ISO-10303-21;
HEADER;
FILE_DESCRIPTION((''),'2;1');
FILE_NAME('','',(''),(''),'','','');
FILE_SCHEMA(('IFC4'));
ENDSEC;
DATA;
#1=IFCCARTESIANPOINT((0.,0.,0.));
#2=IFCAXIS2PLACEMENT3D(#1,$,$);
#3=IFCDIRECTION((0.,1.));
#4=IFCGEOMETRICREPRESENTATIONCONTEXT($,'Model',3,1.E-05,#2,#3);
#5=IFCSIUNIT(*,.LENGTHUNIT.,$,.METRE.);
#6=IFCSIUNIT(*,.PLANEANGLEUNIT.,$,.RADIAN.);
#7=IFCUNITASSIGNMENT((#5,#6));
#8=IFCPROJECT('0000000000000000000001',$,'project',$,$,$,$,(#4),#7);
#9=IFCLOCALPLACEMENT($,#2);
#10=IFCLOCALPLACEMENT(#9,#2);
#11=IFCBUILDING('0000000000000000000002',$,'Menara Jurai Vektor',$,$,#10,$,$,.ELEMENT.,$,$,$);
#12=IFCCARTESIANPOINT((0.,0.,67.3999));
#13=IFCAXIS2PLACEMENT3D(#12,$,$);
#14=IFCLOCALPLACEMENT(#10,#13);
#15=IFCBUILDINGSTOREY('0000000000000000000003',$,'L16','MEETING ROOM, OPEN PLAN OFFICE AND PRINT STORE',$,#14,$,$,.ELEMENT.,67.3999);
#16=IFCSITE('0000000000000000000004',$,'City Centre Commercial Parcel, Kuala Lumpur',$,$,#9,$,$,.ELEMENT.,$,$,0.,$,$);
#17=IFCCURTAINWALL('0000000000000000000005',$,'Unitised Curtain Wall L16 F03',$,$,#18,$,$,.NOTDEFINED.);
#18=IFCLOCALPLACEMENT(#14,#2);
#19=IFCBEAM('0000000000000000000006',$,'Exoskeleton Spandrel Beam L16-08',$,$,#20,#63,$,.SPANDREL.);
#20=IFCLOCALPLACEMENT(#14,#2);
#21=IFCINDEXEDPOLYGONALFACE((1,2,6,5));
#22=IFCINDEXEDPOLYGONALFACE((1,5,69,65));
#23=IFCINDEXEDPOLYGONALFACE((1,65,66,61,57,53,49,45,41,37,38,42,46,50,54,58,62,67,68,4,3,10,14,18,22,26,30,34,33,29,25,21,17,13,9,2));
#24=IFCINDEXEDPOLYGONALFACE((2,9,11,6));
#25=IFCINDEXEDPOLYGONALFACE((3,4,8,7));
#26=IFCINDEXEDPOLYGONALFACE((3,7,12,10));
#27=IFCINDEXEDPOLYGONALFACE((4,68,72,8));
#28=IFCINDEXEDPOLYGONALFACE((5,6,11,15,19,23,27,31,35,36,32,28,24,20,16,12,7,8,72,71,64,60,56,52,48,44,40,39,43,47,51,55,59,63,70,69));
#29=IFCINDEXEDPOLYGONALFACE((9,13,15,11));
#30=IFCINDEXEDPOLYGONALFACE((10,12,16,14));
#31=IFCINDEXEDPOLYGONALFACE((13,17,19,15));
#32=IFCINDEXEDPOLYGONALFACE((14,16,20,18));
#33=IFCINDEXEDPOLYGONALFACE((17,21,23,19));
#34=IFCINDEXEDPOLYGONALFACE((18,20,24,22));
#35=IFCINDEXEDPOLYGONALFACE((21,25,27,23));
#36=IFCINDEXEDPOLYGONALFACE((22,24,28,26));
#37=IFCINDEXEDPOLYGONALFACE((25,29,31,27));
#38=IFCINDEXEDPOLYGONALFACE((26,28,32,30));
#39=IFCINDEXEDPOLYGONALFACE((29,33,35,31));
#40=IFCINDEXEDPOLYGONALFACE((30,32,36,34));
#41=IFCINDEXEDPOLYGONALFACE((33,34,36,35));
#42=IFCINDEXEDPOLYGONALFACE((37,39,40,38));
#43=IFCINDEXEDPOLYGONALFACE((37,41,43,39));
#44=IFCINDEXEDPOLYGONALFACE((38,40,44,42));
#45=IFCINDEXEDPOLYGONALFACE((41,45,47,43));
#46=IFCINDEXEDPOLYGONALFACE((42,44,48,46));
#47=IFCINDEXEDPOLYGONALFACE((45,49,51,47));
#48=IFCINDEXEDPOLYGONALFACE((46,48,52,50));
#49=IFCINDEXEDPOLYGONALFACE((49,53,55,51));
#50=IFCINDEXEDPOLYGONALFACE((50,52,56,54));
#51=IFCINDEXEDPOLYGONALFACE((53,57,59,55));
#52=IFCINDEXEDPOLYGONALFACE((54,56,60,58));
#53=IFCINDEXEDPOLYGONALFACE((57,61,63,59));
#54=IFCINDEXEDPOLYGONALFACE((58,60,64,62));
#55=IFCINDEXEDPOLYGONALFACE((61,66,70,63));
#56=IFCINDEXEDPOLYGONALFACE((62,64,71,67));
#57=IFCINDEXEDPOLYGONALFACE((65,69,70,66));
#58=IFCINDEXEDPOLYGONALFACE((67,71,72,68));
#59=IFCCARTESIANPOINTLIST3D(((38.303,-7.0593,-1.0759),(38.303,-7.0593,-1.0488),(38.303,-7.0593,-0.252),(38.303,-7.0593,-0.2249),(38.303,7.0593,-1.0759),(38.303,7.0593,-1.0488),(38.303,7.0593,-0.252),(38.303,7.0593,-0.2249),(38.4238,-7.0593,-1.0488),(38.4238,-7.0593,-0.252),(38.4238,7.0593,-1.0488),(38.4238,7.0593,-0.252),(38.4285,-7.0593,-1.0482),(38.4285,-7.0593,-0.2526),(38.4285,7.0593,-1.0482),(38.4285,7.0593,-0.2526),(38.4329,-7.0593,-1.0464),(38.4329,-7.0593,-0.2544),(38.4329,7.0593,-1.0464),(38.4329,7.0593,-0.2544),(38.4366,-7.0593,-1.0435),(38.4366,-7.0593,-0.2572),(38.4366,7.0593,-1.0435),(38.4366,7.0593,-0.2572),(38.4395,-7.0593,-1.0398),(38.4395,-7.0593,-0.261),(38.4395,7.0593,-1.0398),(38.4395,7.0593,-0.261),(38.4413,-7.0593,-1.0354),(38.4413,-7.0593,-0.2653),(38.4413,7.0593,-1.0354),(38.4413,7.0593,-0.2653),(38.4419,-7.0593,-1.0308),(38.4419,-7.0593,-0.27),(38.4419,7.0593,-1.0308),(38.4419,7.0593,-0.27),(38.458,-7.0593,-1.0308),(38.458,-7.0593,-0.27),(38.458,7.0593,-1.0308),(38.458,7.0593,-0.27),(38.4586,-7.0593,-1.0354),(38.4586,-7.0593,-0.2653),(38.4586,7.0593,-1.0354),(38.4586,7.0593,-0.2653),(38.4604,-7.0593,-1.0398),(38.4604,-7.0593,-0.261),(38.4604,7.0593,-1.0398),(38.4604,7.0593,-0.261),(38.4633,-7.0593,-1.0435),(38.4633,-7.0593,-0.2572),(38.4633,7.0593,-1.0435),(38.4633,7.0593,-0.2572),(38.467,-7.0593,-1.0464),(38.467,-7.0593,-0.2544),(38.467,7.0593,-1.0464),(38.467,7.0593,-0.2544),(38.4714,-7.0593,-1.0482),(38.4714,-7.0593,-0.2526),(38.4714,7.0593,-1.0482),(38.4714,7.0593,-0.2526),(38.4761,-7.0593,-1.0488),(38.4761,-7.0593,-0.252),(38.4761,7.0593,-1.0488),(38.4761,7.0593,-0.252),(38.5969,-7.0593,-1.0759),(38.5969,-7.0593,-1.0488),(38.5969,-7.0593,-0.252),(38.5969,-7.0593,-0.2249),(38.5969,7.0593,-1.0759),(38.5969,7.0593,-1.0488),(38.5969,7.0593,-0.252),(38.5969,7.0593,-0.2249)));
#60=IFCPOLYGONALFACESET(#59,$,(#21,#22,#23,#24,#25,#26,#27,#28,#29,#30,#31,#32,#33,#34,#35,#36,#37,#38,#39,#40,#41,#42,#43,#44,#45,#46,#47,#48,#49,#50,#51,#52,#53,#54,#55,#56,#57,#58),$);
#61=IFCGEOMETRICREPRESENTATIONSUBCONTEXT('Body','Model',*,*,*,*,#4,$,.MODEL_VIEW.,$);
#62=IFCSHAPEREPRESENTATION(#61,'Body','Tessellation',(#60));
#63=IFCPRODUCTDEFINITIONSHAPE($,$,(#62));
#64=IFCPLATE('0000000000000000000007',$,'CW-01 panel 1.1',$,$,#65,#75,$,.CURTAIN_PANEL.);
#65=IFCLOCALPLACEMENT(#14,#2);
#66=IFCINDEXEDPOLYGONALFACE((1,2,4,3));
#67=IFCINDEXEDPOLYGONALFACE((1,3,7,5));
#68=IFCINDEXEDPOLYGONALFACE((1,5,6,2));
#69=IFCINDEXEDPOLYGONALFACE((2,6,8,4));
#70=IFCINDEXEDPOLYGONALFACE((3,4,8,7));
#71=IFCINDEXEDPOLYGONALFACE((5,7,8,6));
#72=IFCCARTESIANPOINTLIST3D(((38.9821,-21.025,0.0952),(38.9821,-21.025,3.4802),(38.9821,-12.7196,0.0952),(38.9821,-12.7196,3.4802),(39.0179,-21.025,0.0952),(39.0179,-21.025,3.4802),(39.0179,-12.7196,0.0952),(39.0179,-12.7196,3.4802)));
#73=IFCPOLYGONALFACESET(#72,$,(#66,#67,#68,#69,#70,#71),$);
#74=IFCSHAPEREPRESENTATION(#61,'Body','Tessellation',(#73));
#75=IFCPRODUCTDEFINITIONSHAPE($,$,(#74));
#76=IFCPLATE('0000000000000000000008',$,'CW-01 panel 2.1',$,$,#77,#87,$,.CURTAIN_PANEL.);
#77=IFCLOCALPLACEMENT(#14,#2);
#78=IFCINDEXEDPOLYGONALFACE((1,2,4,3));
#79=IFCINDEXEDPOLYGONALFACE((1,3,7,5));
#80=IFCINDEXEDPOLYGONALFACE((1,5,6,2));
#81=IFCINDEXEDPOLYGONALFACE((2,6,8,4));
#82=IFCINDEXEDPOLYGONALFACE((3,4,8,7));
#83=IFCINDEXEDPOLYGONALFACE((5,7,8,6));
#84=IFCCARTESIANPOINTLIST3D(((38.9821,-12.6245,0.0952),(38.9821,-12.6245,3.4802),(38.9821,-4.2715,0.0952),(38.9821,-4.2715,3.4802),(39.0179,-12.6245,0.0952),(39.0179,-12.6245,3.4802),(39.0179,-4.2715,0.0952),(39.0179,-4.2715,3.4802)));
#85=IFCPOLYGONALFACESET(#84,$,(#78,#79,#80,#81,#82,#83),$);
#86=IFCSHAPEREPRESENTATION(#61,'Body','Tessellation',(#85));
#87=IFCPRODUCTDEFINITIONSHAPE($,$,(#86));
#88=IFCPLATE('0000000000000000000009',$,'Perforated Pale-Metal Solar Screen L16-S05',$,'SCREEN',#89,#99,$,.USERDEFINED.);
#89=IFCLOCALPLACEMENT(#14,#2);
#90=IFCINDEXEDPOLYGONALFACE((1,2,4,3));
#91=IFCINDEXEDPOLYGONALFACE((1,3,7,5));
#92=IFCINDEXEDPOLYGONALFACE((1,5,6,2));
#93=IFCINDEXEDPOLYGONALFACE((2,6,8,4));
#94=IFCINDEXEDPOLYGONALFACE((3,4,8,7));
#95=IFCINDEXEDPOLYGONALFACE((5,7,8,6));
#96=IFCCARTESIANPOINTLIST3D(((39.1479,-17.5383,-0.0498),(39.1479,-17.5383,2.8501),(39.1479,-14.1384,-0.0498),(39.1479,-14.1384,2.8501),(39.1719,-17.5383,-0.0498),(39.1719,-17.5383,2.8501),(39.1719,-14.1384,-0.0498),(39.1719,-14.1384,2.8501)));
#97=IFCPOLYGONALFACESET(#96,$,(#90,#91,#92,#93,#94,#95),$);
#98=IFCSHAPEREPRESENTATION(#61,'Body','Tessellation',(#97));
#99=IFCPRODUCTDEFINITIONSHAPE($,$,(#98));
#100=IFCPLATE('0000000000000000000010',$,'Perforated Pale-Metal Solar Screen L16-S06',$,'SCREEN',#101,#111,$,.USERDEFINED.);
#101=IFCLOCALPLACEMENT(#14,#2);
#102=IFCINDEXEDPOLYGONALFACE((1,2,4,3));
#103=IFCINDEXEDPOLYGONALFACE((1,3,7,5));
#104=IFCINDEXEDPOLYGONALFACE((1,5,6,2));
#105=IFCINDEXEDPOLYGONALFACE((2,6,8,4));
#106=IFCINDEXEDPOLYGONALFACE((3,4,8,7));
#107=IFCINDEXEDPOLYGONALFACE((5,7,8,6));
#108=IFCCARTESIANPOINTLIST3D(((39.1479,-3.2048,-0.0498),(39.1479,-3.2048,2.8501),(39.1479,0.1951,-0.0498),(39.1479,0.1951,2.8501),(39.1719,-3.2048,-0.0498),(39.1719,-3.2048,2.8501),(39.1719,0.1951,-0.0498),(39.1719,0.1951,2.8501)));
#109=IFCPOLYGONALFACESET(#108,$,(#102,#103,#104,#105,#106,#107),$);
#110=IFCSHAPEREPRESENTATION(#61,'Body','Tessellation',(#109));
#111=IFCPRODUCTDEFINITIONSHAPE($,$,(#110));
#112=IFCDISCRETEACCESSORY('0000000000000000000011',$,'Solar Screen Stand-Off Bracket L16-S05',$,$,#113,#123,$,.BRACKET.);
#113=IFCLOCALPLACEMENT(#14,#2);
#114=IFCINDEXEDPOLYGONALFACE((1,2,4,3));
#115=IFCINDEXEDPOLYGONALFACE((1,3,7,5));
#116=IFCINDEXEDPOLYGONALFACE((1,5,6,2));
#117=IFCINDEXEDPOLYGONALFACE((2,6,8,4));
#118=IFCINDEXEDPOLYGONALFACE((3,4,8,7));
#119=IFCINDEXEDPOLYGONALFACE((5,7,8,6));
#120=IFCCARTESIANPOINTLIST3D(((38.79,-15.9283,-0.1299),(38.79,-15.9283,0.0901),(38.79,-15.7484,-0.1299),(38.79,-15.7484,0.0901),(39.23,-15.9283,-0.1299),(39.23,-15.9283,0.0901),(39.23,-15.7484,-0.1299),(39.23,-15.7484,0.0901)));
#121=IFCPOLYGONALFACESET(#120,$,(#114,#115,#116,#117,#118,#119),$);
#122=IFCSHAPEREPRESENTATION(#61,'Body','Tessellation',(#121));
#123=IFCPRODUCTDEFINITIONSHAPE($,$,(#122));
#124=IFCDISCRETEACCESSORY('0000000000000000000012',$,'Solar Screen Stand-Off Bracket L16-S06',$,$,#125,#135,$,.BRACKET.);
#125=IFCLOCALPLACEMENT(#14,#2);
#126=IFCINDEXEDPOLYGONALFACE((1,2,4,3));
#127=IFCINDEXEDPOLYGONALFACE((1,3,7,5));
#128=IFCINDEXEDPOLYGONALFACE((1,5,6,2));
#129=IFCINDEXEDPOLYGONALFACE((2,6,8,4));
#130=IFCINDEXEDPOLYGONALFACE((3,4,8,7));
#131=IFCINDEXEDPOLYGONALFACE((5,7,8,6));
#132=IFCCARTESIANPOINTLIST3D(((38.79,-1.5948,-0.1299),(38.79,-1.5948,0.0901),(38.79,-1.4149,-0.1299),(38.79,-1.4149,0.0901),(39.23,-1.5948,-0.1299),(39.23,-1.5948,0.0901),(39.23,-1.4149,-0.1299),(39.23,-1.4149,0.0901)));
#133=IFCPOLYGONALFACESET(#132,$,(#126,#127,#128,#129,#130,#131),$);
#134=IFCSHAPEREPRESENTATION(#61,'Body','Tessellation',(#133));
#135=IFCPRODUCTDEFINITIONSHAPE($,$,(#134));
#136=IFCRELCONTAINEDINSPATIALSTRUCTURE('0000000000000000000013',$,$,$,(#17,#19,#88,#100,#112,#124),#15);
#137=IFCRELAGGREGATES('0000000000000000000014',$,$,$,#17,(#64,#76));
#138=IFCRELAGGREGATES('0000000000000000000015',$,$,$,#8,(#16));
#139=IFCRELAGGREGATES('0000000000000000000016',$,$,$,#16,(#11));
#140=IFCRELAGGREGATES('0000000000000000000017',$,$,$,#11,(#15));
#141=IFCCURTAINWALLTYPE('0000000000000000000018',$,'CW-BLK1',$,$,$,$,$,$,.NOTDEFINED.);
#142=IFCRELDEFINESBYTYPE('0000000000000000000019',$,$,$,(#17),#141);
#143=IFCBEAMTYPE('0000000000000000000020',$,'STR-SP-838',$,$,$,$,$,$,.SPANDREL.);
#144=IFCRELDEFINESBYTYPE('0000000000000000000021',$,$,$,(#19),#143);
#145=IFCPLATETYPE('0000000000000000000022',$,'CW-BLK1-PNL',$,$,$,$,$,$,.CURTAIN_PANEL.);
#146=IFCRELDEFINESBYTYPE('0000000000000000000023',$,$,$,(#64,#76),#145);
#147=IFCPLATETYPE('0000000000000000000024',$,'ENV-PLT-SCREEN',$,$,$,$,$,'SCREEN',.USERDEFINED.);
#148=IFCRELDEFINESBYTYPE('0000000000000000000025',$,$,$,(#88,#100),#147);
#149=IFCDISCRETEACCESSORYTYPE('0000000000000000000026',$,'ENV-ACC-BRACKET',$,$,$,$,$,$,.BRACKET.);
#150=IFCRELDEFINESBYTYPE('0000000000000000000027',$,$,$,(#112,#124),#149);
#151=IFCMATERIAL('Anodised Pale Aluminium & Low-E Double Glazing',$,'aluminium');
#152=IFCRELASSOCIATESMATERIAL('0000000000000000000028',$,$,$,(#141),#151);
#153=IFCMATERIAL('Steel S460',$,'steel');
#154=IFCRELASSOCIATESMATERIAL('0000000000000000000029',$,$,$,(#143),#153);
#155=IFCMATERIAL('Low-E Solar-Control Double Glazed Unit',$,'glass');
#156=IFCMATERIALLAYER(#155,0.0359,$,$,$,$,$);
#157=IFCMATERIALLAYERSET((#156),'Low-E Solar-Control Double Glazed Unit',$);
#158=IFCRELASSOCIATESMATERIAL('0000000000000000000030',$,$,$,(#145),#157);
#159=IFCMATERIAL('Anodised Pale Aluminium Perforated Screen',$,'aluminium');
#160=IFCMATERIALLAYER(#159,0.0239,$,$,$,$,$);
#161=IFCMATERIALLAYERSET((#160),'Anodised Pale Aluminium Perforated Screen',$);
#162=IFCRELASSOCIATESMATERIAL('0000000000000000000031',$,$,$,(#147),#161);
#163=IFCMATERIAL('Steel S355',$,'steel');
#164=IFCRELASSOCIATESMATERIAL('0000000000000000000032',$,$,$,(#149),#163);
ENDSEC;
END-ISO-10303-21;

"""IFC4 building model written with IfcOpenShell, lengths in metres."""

from ifc_helpers import new_model, si_unit, direction, frame, origin, origin_2d, place, context, subcontext, project, spatial, rectangle, i_section, extrude, material, layer, layer_set, material_profile, profile_set, type_object, element, aggregate, save


model = new_model("IFC4")

# Units and contexts
model_context = context("Model", 3, precision=1e-05, world=origin(), true_north=direction((0.0, 1.0)))
body_context = subcontext(model_context, "Body", "Model", "MODEL_VIEW")
ifc_project = project(units=[si_unit("LENGTHUNIT", "METRE"), si_unit("PLANEANGLEUNIT", "RADIAN")], contexts=[model_context])

# Site, building, storey
site_placement = place(None, origin())
site = spatial("IfcSite", under=ifc_project, at=site_placement, Name="City Centre Commercial Parcel, Kuala Lumpur", CompositionType="ELEMENT", RefElevation=0.0)
building_placement = place(site_placement, origin())
building = spatial("IfcBuilding", under=site, at=building_placement, Name="Menara Jurai Vektor", CompositionType="ELEMENT")
storey_placement = place(building_placement, frame((0.0, 0.0, 67.3999)))
storey = spatial("IfcBuildingStorey", under=building, at=storey_placement, Name="L16", Description="MEETING ROOM, OPEN PLAN OFFICE AND PRINT STORE", CompositionType="ELEMENT", Elevation=67.3999)

# Shared definitions
ifc_material_1 = material(Name="Steel S460", Category="steel")

# Curtain wall
ifc_material_2 = material(Name="Anodised Pale Aluminium & Low-E Double Glazing", Category="aluminium")
curtain_wall_type = type_object("IfcCurtainWallType", Name="CW-BLK1", PredefinedType="NOTDEFINED", material=ifc_material_2)
curtain_wall_placement = place(storey_placement, origin())
curtain_wall = element("IfcCurtainWall", 1, at=curtain_wall_placement, inside=storey, type_object=curtain_wall_type, Name="Unitised Curtain Wall L16 F03", PredefinedType="NOTDEFINED")

# Shared definitions
ifc_material_3 = material(Name="Steel S355", Category="steel")

# Beam
ifc_material_profile_1 = material_profile(ifc_material_1, i_section(OverallWidth=0.2939, OverallDepth=0.8511, WebThickness=0.0161, FlangeThickness=0.0271, FilletRadius=0.0181, at=origin_2d()), Name="UKB 838x292x226")
ifc_profile_set_1 = profile_set([ifc_material_profile_1], Name="Steel S460")
beam_type_1 = type_object("IfcBeamType", Name="STR-SP-838", PredefinedType="SPANDREL", material=ifc_profile_set_1)
beam_1_placement = place(storey_placement, frame((38.45, -7.0593, -0.6504), z_axis=(0.0, 1.0, 0.0), x_axis=(-1.0, 0.0, 0.0)))
element("IfcBeam", 2, at=beam_1_placement, inside=storey, type_object=beam_type_1, Name="Exoskeleton Spandrel Beam L16-08", PredefinedType="SPANDREL", context=body_context, shape_type="SweptSolid", body=[
    extrude(i_section(OverallWidth=0.2939, OverallDepth=0.8511, WebThickness=0.0161, FlangeThickness=0.0271, FilletRadius=0.0181, at=origin_2d()), origin(), (0.0, 0.0, 1.0), 14.1187),
])

# Plates
ifc_material_4 = material(Name="Low-E Solar-Control Double Glazed Unit", Category="glass")
ifc_layer_1 = layer(ifc_material_4, 0.0359)
ifc_layer_set_1 = layer_set([ifc_layer_1], Name="Low-E Solar-Control Double Glazed Unit")
plate_type_1 = type_object("IfcPlateType", Name="CW-BLK1-PNL", PredefinedType="CURTAIN_PANEL", material=ifc_layer_set_1)
plate_1_placement = place(storey_placement, frame((39.0, -16.8723, 0.0952), z_axis=(0.0, 0.0, 1.0), x_axis=(0.0, 1.0, 0.0)))
plate_1 = element("IfcPlate", 3, at=plate_1_placement, type_object=plate_type_1, Name="CW-01 panel 1.1", PredefinedType="CURTAIN_PANEL", context=body_context, shape_type="SweptSolid", body=[
    extrude(rectangle(XDim=8.3054, YDim=0.0359, at=origin_2d()), origin(), (0.0, 0.0, 1.0), 3.385),
])
plate_2_placement = place(storey_placement, frame((39.0, -8.448, 0.0952), z_axis=(0.0, 0.0, 1.0), x_axis=(0.0, 1.0, 0.0)))
plate_2 = element("IfcPlate", 4, at=plate_2_placement, type_object=plate_type_1, Name="CW-01 panel 2.1", PredefinedType="CURTAIN_PANEL", context=body_context, shape_type="SweptSolid", body=[
    extrude(rectangle(XDim=8.353, YDim=0.0359, at=origin_2d()), origin(), (0.0, 0.0, 1.0), 3.385),
])
aggregate(curtain_wall, [plate_1, plate_2])

# Plates
ifc_material_5 = material(Name="Anodised Pale Aluminium Perforated Screen", Category="aluminium")
ifc_layer_2 = layer(ifc_material_5, 0.0239)
ifc_layer_set_2 = layer_set([ifc_layer_2], Name="Anodised Pale Aluminium Perforated Screen")
plate_type_2 = type_object("IfcPlateType", Name="ENV-PLT-SCREEN", ElementType="SCREEN", PredefinedType="USERDEFINED", material=ifc_layer_set_2)
for number, where, z_axis, x_axis, name in (
    (5, (39.1599, -15.8384, -0.0498), (0.0, 0.0, 1.0), (0.0, 1.0, 0.0), "Perforated Pale-Metal Solar Screen L16-S05"),
    (6, (39.1599, -1.5049, -0.0498), (0.0, 0.0, 1.0), (0.0, 1.0, 0.0), "Perforated Pale-Metal Solar Screen L16-S06"),
):
    element("IfcPlate", number, at=place(storey_placement, frame(where, z_axis=z_axis, x_axis=x_axis)), inside=storey, type_object=plate_type_2, Name=name, ObjectType="SCREEN", PredefinedType="USERDEFINED", context=body_context, shape_type="SweptSolid", body=[
        extrude(rectangle(XDim=3.3999, YDim=0.0239, at=origin_2d()), origin(), (0.0, 0.0, 1.0), 2.8999),
    ])

# Discrete accessories
discrete_accessory_type = type_object("IfcDiscreteAccessoryType", Name="ENV-ACC-BRACKET", PredefinedType="BRACKET", material=ifc_material_3)
for number, where, z_axis, x_axis, name in (
    (7, (39.01, -15.8384, -0.1299), (0.0, 0.0, 1.0), (0.0, 1.0, 0.0), "Solar Screen Stand-Off Bracket L16-S05"),
    (8, (39.01, -1.5049, -0.1299), (0.0, 0.0, 1.0), (0.0, 1.0, 0.0), "Solar Screen Stand-Off Bracket L16-S06"),
):
    element("IfcDiscreteAccessory", number, at=place(storey_placement, frame(where, z_axis=z_axis, x_axis=x_axis)), inside=storey, type_object=discrete_accessory_type, Name=name, PredefinedType="BRACKET", context=body_context, shape_type="SweptSolid", body=[
        extrude(rectangle(XDim=0.1799, YDim=0.4399, at=origin_2d()), origin(), (0.0, 0.0, 1.0), 0.22),
    ])

save(model, "model.ifc")
